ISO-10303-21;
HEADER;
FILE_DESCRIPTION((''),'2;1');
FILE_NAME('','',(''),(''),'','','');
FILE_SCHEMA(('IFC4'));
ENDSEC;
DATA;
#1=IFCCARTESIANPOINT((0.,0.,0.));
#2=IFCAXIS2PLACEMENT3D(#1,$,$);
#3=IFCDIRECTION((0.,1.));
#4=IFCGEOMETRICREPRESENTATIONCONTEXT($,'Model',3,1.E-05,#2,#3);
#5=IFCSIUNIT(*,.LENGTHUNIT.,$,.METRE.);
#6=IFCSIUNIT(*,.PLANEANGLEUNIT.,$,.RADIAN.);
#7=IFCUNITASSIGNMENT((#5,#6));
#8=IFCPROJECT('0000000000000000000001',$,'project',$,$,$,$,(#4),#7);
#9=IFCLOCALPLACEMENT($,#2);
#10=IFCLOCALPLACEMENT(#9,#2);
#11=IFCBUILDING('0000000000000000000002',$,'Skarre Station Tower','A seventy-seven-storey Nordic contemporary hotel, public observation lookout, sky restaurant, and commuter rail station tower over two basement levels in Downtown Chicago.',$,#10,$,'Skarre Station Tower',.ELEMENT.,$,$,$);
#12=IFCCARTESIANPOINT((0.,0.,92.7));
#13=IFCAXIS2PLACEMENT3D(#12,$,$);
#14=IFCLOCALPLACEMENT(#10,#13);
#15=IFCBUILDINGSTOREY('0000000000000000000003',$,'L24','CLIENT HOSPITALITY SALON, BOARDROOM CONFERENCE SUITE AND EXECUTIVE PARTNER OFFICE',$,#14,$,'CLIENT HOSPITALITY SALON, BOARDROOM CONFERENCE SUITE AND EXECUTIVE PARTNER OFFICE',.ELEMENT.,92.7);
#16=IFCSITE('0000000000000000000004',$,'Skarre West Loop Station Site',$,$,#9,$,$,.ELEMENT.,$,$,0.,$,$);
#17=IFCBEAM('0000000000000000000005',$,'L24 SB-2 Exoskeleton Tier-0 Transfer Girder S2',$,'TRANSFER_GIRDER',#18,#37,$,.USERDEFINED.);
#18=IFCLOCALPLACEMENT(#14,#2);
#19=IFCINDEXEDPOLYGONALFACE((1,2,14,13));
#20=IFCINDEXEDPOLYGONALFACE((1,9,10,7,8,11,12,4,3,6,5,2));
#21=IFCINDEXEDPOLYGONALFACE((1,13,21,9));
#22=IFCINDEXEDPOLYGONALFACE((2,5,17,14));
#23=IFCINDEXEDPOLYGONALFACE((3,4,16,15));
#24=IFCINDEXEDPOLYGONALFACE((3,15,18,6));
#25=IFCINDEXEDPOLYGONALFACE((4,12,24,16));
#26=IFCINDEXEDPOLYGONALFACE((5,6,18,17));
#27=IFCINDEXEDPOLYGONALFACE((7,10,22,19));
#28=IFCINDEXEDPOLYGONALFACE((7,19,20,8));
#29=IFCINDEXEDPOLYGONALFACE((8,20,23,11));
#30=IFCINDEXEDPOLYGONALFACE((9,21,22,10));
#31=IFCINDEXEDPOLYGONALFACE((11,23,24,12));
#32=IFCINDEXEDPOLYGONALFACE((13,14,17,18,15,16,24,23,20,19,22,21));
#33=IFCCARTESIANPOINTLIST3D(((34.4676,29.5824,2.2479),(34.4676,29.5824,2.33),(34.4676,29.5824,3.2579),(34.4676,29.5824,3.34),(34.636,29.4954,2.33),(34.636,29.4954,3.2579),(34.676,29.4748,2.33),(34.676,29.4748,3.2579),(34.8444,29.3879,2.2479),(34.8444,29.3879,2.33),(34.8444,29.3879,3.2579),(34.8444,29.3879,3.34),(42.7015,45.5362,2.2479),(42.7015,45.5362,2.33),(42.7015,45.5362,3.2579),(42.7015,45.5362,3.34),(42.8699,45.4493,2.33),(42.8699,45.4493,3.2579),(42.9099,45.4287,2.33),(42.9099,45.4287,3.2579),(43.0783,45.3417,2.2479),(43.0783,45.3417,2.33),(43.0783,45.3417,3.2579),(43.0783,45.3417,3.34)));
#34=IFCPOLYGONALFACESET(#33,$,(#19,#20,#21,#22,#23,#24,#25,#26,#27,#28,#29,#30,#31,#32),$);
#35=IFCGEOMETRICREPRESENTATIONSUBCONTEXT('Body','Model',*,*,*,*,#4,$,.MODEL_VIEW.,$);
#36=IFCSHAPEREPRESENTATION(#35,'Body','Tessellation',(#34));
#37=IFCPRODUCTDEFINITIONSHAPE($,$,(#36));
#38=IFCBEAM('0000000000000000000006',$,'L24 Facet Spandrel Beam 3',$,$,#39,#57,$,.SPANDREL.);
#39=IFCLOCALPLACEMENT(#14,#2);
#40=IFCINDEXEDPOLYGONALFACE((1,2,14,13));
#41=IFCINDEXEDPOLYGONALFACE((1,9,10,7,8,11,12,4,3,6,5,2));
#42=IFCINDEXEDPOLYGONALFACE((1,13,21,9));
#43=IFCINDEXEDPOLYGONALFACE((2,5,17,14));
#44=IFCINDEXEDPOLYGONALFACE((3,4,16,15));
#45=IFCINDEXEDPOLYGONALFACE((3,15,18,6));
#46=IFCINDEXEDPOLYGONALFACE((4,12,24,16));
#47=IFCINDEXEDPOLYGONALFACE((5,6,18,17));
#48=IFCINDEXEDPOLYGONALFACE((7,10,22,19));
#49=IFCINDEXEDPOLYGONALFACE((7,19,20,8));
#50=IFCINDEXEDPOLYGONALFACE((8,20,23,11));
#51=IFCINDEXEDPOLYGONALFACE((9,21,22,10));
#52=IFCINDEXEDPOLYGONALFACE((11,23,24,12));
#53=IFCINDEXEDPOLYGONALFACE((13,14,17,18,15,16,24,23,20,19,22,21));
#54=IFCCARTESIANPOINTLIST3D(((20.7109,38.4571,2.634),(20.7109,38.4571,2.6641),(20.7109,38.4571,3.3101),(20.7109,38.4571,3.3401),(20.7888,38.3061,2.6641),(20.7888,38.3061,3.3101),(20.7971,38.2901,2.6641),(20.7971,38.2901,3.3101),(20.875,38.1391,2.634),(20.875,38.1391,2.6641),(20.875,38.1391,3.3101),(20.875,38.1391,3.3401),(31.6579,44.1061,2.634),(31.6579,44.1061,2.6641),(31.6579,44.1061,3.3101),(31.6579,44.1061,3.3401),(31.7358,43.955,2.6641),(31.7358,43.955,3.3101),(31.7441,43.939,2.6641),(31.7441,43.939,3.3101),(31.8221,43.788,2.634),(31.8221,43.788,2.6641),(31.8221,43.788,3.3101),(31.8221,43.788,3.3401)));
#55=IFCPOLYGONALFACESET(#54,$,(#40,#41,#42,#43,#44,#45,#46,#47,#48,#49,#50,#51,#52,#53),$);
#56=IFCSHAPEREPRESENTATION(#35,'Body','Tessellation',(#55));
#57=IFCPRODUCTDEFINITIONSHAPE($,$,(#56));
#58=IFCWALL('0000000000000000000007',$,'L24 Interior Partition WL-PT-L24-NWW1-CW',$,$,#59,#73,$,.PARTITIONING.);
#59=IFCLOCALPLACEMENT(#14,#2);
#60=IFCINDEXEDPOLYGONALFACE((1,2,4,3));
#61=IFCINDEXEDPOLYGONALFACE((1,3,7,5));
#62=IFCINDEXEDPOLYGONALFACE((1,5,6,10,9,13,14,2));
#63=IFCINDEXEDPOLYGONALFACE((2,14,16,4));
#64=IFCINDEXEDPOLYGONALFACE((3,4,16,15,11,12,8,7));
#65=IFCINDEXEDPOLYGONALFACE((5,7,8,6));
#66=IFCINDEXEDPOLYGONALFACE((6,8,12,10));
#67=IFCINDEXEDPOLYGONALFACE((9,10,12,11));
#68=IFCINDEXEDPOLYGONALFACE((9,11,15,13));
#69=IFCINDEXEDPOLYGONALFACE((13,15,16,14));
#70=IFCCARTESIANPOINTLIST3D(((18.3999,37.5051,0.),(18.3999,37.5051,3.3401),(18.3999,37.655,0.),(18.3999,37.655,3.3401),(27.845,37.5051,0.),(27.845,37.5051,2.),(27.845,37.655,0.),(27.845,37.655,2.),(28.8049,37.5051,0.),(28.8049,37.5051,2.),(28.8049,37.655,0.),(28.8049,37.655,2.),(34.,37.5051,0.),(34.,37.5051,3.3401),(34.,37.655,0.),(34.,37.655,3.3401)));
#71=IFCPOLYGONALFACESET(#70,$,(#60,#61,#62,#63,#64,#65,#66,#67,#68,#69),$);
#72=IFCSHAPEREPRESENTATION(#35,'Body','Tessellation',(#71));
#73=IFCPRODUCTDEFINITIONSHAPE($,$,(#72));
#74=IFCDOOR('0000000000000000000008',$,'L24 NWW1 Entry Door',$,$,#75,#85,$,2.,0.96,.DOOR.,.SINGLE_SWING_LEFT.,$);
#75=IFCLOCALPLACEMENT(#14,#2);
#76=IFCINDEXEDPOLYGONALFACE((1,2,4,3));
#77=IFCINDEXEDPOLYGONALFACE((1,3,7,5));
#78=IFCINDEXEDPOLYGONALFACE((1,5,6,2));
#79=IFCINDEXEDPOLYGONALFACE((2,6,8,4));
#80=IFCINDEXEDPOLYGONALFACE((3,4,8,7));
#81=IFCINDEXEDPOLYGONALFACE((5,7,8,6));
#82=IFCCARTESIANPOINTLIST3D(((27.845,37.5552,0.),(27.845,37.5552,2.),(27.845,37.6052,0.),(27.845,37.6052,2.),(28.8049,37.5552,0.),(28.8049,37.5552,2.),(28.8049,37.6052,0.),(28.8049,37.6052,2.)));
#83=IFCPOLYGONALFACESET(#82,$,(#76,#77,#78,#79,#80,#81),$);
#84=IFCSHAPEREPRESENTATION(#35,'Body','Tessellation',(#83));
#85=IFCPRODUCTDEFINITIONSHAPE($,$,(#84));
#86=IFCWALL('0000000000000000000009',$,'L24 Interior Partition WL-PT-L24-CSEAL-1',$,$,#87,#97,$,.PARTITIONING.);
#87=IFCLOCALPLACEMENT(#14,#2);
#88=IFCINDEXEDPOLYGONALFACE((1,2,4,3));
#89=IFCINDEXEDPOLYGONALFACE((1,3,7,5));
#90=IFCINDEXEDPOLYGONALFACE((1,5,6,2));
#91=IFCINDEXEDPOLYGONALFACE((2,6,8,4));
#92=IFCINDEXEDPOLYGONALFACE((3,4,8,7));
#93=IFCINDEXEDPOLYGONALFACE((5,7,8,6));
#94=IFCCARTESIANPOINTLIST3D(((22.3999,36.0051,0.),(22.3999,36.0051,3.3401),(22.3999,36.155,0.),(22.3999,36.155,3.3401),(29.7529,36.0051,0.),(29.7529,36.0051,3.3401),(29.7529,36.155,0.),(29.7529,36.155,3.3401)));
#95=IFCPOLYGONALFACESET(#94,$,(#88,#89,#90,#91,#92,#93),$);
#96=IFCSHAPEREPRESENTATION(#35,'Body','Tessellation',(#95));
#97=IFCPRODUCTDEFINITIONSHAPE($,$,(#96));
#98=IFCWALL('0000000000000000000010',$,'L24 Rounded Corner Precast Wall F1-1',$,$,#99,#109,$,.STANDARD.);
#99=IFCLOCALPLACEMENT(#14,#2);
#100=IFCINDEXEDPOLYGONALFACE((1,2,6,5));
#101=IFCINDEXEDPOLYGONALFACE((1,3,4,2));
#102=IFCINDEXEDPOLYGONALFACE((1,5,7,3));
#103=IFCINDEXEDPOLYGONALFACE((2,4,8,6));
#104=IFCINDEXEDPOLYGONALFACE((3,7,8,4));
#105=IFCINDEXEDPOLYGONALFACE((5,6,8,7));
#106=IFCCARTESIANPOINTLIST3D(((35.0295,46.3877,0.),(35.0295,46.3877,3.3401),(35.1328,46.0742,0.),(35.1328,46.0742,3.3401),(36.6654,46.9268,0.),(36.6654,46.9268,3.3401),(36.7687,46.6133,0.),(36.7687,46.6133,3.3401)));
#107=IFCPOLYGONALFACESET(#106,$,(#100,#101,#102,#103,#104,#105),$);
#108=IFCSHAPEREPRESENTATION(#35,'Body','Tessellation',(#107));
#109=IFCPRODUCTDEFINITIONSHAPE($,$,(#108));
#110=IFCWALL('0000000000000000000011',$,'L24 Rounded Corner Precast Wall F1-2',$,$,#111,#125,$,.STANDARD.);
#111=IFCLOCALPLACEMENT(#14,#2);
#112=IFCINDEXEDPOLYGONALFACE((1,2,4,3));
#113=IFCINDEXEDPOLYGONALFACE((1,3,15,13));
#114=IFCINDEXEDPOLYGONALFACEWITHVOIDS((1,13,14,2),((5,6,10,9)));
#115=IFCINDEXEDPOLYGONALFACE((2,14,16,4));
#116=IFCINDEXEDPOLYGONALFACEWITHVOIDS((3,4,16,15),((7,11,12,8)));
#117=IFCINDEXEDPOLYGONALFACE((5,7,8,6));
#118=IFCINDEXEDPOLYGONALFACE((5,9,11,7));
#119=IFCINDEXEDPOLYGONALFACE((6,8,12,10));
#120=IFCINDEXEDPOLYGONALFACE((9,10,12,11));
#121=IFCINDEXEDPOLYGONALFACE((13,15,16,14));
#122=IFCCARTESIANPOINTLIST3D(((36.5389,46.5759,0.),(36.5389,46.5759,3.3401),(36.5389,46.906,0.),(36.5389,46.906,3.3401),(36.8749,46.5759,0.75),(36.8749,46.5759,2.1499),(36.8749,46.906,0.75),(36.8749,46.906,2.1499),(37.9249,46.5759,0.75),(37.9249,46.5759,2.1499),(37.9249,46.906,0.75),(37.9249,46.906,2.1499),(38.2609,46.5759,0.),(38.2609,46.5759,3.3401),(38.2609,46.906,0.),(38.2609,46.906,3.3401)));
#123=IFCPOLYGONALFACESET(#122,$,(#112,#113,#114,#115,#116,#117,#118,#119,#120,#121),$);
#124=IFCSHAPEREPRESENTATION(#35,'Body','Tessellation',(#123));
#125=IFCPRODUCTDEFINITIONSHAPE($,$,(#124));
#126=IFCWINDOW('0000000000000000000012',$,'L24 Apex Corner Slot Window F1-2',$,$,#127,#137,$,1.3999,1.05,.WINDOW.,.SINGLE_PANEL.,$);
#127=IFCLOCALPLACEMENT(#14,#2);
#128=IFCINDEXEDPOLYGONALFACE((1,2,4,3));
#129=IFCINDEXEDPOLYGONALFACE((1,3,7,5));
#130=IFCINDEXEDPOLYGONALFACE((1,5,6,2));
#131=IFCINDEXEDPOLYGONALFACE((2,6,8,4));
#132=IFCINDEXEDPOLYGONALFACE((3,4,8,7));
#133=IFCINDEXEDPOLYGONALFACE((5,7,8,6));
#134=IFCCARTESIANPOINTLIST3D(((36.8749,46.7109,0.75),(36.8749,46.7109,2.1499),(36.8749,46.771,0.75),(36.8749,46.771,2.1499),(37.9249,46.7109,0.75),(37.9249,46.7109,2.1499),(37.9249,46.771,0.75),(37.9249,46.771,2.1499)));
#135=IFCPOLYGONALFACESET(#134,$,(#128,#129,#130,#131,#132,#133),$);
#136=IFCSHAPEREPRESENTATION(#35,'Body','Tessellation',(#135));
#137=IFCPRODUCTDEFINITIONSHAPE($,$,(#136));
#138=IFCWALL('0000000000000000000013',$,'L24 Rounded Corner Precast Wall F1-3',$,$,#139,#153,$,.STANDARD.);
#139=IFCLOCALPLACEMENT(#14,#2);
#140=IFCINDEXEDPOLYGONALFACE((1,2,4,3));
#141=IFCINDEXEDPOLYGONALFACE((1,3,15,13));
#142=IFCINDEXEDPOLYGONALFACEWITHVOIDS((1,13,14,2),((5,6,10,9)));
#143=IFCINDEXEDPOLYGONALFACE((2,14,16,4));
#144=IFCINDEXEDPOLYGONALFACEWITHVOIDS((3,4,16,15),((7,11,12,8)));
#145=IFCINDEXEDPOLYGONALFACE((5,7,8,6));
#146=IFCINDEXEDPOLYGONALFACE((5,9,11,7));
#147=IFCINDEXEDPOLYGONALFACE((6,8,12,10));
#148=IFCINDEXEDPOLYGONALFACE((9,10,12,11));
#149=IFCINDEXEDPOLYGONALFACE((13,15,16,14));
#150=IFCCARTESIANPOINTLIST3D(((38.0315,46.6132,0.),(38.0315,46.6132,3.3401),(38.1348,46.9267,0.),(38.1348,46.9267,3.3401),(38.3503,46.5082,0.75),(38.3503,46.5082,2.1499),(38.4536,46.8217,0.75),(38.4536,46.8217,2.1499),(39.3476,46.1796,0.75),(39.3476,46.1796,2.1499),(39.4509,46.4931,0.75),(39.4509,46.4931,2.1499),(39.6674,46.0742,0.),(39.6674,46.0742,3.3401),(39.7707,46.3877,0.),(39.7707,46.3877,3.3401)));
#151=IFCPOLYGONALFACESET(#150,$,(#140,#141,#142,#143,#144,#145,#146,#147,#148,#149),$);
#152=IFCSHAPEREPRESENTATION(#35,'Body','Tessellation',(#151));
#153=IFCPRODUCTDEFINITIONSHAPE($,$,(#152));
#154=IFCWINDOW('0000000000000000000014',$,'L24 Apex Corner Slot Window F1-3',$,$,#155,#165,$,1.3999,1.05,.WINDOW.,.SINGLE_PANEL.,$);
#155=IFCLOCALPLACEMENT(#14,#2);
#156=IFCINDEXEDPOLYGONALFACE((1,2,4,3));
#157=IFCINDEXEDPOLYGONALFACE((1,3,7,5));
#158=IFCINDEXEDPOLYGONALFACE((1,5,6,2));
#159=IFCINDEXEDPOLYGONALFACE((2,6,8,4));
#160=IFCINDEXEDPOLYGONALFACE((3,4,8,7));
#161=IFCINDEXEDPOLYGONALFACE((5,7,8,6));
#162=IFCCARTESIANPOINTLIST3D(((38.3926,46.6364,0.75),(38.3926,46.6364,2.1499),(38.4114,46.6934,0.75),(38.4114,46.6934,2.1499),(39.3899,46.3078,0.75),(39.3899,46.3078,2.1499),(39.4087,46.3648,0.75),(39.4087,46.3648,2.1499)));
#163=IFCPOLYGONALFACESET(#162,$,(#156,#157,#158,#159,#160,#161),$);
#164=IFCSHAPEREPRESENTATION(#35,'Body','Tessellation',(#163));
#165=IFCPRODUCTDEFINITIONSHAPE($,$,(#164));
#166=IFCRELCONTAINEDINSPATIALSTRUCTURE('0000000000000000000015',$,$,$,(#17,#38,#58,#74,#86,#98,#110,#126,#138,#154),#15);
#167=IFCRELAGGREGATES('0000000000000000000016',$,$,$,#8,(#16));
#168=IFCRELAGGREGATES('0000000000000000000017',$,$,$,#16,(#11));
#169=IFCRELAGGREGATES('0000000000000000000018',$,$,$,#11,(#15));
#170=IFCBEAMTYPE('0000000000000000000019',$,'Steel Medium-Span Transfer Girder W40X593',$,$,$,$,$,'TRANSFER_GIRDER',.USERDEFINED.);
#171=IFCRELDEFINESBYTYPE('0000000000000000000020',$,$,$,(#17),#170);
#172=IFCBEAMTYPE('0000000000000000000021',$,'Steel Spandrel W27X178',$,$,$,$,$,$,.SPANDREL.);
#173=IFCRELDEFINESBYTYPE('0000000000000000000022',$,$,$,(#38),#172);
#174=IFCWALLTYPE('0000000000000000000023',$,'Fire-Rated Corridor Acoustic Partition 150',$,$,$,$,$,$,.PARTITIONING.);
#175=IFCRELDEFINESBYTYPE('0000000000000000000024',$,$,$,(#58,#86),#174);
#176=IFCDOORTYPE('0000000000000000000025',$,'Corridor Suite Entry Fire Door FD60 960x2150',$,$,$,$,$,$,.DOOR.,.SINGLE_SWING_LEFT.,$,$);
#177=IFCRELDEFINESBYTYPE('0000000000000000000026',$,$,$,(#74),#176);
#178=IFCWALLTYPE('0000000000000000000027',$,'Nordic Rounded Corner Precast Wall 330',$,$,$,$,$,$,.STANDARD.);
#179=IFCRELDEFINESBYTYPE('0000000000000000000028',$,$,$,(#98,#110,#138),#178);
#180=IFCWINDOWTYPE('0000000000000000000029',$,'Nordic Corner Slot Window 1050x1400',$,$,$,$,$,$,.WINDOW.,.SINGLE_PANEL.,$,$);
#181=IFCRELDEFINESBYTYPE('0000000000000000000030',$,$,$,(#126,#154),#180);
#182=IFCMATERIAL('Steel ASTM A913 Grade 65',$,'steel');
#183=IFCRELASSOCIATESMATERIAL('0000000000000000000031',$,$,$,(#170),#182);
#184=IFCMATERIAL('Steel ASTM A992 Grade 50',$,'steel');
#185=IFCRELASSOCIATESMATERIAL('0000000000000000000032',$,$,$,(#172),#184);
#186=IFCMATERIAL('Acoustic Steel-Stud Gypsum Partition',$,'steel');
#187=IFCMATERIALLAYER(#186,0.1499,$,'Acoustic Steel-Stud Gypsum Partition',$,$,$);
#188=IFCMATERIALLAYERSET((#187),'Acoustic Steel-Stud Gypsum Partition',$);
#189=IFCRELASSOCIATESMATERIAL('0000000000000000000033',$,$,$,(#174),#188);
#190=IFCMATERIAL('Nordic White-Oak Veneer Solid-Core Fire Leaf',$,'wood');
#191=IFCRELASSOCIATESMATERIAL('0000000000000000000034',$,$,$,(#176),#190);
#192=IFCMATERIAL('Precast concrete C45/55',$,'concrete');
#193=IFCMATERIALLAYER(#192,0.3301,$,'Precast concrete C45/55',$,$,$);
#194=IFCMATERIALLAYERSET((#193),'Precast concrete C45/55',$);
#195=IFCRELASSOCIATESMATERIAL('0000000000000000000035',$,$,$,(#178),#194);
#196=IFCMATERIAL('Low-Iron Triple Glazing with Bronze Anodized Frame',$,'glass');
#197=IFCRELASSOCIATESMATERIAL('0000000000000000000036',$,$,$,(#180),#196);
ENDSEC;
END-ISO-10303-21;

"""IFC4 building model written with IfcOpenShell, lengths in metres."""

from ifc_helpers import new_model, si_unit, direction, frame, frame_2d, origin, origin_2d, place, context, subcontext, project, spatial, rectangle, i_section, extrude, material, layer, layer_set, material_profile, profile_set, type_object, element, fill, save


model = new_model("IFC4")

# Units and contexts
model_context = context("Model", 3, precision=1e-05, world=origin(), true_north=direction((0.0, 1.0)))
body_context = subcontext(model_context, "Body", "Model", "MODEL_VIEW")
ifc_project = project(units=[si_unit("LENGTHUNIT", "METRE"), si_unit("PLANEANGLEUNIT", "RADIAN")], contexts=[model_context])

# Site, building, storey
site_placement = place(None, origin())
site = spatial("IfcSite", under=ifc_project, at=site_placement, Name="Skarre West Loop Station Site", CompositionType="ELEMENT", RefElevation=0.0)
building_placement = place(site_placement, origin())
building = spatial("IfcBuilding", under=site, at=building_placement, Name="Skarre Station Tower", Description="A seventy-seven-storey Nordic contemporary hotel, public observation lookout, sky restaurant, and commuter rail station tower over two basement levels in Downtown Chicago.", LongName="Skarre Station Tower", CompositionType="ELEMENT")
storey_placement = place(building_placement, frame((0.0, 0.0, 92.7)))
storey = spatial("IfcBuildingStorey", under=building, at=storey_placement, Name="L24", Description="CLIENT HOSPITALITY SALON, BOARDROOM CONFERENCE SUITE AND EXECUTIVE PARTNER OFFICE", LongName="CLIENT HOSPITALITY SALON, BOARDROOM CONFERENCE SUITE AND EXECUTIVE PARTNER OFFICE", CompositionType="ELEMENT", Elevation=92.7)

# Shared definitions
ifc_material_1 = material(Name="Steel ASTM A913 Grade 65", Category="steel")

# Beams
ifc_material_2 = material(Name="Steel ASTM A992 Grade 50", Category="steel")
ifc_material_profile_1 = material_profile(ifc_material_1, i_section(OverallWidth=0.4241, OverallDepth=1.092, WebThickness=0.0449, FlangeThickness=0.082, at=origin_2d()), Name="Steel ASTM A913 Grade 65")
ifc_profile_set_1 = profile_set([ifc_material_profile_1], Name="Steel ASTM A913 Grade 65")
beam_type_1 = type_object("IfcBeamType", Name="Steel Medium-Span Transfer Girder W40X593", ElementType="TRANSFER_GIRDER", PredefinedType="USERDEFINED", material=ifc_profile_set_1)
beam_1_placement = place(storey_placement, frame((34.656, 29.4851, 2.7939), z_axis=(0.458627, 0.888629, 0.0), x_axis=(-0.888629, 0.458627, 0.0)))
element("IfcBeam", 1, at=beam_1_placement, inside=storey, type_object=beam_type_1, Name="L24 SB-2 Exoskeleton Tier-0 Transfer Girder S2", ObjectType="TRANSFER_GIRDER", PredefinedType="USERDEFINED", context=body_context, shape_type="SweptSolid", body=[
    extrude(i_section(OverallWidth=0.4241, OverallDepth=1.092, WebThickness=0.0449, FlangeThickness=0.082, at=origin_2d()), origin(), (0.0, 0.0, 1.0), 17.9534),
])
ifc_material_profile_2 = material_profile(ifc_material_2, i_section(OverallWidth=0.3579, OverallDepth=0.7061, WebThickness=0.0181, FlangeThickness=0.03, at=origin_2d()), Name="Steel ASTM A992 Grade 50")
ifc_profile_set_2 = profile_set([ifc_material_profile_2], Name="Steel ASTM A992 Grade 50")
beam_type_2 = type_object("IfcBeamType", Name="Steel Spandrel W27X178", PredefinedType="SPANDREL", material=ifc_profile_set_2)
beam_2_placement = place(storey_placement, frame((31.74, 43.947, 2.9871), z_axis=(-0.888659, -0.458569, 0.0), x_axis=(0.458569, -0.888659, 0.0)))
element("IfcBeam", 2, at=beam_2_placement, inside=storey, type_object=beam_type_2, Name="L24 Facet Spandrel Beam 3", PredefinedType="SPANDREL", context=body_context, shape_type="SweptSolid", body=[
    extrude(i_section(OverallWidth=0.3579, OverallDepth=0.7061, WebThickness=0.0181, FlangeThickness=0.03, at=origin_2d()), origin(), (0.0, 0.0, 1.0), 12.3186),
])

# Wall, opening, door
ifc_material_3 = material(Name="Acoustic Steel-Stud Gypsum Partition", Category="steel")
ifc_layer_1 = layer(ifc_material_3, 0.1499, Name="Acoustic Steel-Stud Gypsum Partition")
ifc_layer_set_1 = layer_set([ifc_layer_1], Name="Acoustic Steel-Stud Gypsum Partition")
wall_type_1 = type_object("IfcWallType", Name="Fire-Rated Corridor Acoustic Partition 150", PredefinedType="PARTITIONING", material=ifc_layer_set_1)
wall_1_placement = place(storey_placement, frame((34.0, 37.5801, 0.0), z_axis=(0.0, 0.0, 1.0), x_axis=(-1.0, 0.0, 0.0)))
wall_1 = element("IfcWall", 3, at=wall_1_placement, inside=storey, type_object=wall_type_1, Name="L24 Interior Partition WL-PT-L24-NWW1-CW", PredefinedType="PARTITIONING", context=body_context, shape_type="SweptSolid", body=[
    extrude(rectangle(XDim=15.6001, YDim=0.1499, at=frame_2d((7.8, 0.0))), origin(), (0.0, 0.0, 1.0), 3.3401),
])
opening_1_placement = place(wall_1_placement, frame((5.1951, 0.0, 0.0)))
opening_1 = element("IfcOpeningElement", 4, at=opening_1_placement, cuts=wall_1, PredefinedType="OPENING", context=body_context, shape_type="SweptSolid", body=[
    extrude(rectangle(XDim=0.96, YDim=2.0, at=frame_2d((0.48, 1.0))), frame((0.0, 0.085, 0.0), z_axis=(0.0, -1.0, 0.0), x_axis=(1.0, 0.0, 0.0)), (0.0, 0.0, 1.0), 0.1699),
])
ifc_material_4 = material(Name="Nordic White-Oak Veneer Solid-Core Fire Leaf", Category="wood")
door_type = type_object("IfcDoorType", Name="Corridor Suite Entry Fire Door FD60 960x2150", OperationType="SINGLE_SWING_LEFT", PredefinedType="DOOR", material=ifc_material_4)
door_placement = place(opening_1_placement, origin())
door = element("IfcDoor", 5, at=door_placement, inside=storey, type_object=door_type, Name="L24 NWW1 Entry Door", OperationType="SINGLE_SWING_LEFT", OverallHeight=2.0, OverallWidth=0.96, PredefinedType="DOOR", context=body_context, shape_type="SweptSolid", body=[
    extrude(rectangle(XDim=0.96, YDim=2.0, at=frame_2d((0.48, 1.0))), frame((0.0, 0.0249, 0.0), z_axis=(0.0, -1.0, 0.0), x_axis=(1.0, 0.0, 0.0)), (0.0, 0.0, 1.0), 0.05),
])
fill(opening_1, door)

# Walls
wall_2_placement = place(storey_placement, frame((29.7529, 36.0801, 0.0), z_axis=(0.0, 0.0, 1.0), x_axis=(-1.0, 0.0, 0.0)))
element("IfcWall", 6, at=wall_2_placement, inside=storey, type_object=wall_type_1, Name="L24 Interior Partition WL-PT-L24-CSEAL-1", PredefinedType="PARTITIONING", context=body_context, shape_type="SweptSolid", body=[
    extrude(rectangle(XDim=7.353, YDim=0.1499, at=frame_2d((3.6765, 0.0))), origin(), (0.0, 0.0, 1.0), 3.3401),
])
ifc_material_5 = material(Name="Precast concrete C45/55", Category="concrete")
ifc_layer_2 = layer(ifc_material_5, 0.3301, Name="Precast concrete C45/55")
ifc_layer_set_2 = layer_set([ifc_layer_2], Name="Precast concrete C45/55")
wall_type_2 = type_object("IfcWallType", Name="Nordic Rounded Corner Precast Wall 330", PredefinedType="STANDARD", material=ifc_layer_set_2)
wall_3_placement = place(storey_placement, frame((35.0811, 46.231, 0.0), z_axis=(0.0, 0.0, 1.0), x_axis=(0.949769, 0.312952, 0.0)))
element("IfcWall", 7, at=wall_3_placement, inside=storey, type_object=wall_type_2, Name="L24 Rounded Corner Precast Wall F1-1", PredefinedType="STANDARD", context=body_context, shape_type="SweptSolid", body=[
    extrude(rectangle(XDim=1.7224, YDim=0.3301, at=frame_2d((0.8613, 0.0))), origin(), (0.0, 0.0, 1.0), 3.3401),
])

# Walls, openings, windows
wall_4_placement = place(storey_placement, frame((36.5391, 46.741, 0.0), z_axis=(0.0, 0.0, 1.0), x_axis=(1.0, 0.0, 0.0)))
wall_4 = element("IfcWall", 8, at=wall_4_placement, inside=storey, type_object=wall_type_2, Name="L24 Rounded Corner Precast Wall F1-2", PredefinedType="STANDARD", context=body_context, shape_type="SweptSolid", body=[
    extrude(rectangle(XDim=1.7219, YDim=0.3301, at=frame_2d((0.8608, 0.0))), origin(), (0.0, 0.0, 1.0), 3.3401),
])
opening_2_placement = place(wall_4_placement, frame((0.3359, 0.0, 0.75)))
opening_2 = element("IfcOpeningElement", 9, at=opening_2_placement, cuts=wall_4, PredefinedType="OPENING", context=body_context, shape_type="SweptSolid", body=[
    extrude(rectangle(XDim=1.05, YDim=1.3999, at=frame_2d((0.5249, 0.7))), frame((0.0, 0.175, 0.0), z_axis=(0.0, -1.0, 0.0), x_axis=(1.0, 0.0, 0.0)), (0.0, 0.0, 1.0), 0.3501),
])
ifc_material_6 = material(Name="Low-Iron Triple Glazing with Bronze Anodized Frame", Category="glass")
window_type = type_object("IfcWindowType", Name="Nordic Corner Slot Window 1050x1400", PartitioningType="SINGLE_PANEL", PredefinedType="WINDOW", material=ifc_material_6)
window_1_placement = place(opening_2_placement, origin())
window_1 = element("IfcWindow", 10, at=window_1_placement, inside=storey, type_object=window_type, Name="L24 Apex Corner Slot Window F1-2", OverallHeight=1.3999, OverallWidth=1.05, PartitioningType="SINGLE_PANEL", PredefinedType="WINDOW", context=body_context, shape_type="SweptSolid", body=[
    extrude(rectangle(XDim=1.05, YDim=1.3999, at=frame_2d((0.5249, 0.7))), frame((0.0, 0.03, 0.0), z_axis=(0.0, -1.0, 0.0), x_axis=(1.0, 0.0, 0.0)), (0.0, 0.0, 1.0), 0.0601),
])
fill(opening_2, window_1)
wall_5_placement = place(storey_placement, frame((38.083, 46.77, 0.0), z_axis=(0.0, 0.0, 1.0), x_axis=(0.949769, -0.312952, 0.0)))
wall_5 = element("IfcWall", 11, at=wall_5_placement, inside=storey, type_object=wall_type_2, Name="L24 Rounded Corner Precast Wall F1-3", PredefinedType="STANDARD", context=body_context, shape_type="SweptSolid", body=[
    extrude(rectangle(XDim=1.7224, YDim=0.3301, at=frame_2d((0.8613, 0.0))), origin(), (0.0, 0.0, 1.0), 3.3401),
])
opening_3_placement = place(wall_5_placement, frame((0.3359, 0.0, 0.75)))
opening_3 = element("IfcOpeningElement", 12, at=opening_3_placement, cuts=wall_5, PredefinedType="OPENING", context=body_context, shape_type="SweptSolid", body=[
    extrude(rectangle(XDim=1.05, YDim=1.3999, at=frame_2d((0.5249, 0.7))), frame((0.0, 0.175, 0.0), z_axis=(0.0, -1.0, 0.0), x_axis=(1.0, 0.0, 0.0)), (0.0, 0.0, 1.0), 0.3501),
])
window_2_placement = place(opening_3_placement, origin())
window_2 = element("IfcWindow", 13, at=window_2_placement, inside=storey, type_object=window_type, Name="L24 Apex Corner Slot Window F1-3", OverallHeight=1.3999, OverallWidth=1.05, PartitioningType="SINGLE_PANEL", PredefinedType="WINDOW", context=body_context, shape_type="SweptSolid", body=[
    extrude(rectangle(XDim=1.05, YDim=1.3999, at=frame_2d((0.5249, 0.7))), frame((0.0, 0.03, 0.0), z_axis=(0.0, -1.0, 0.0), x_axis=(1.0, 0.0, 0.0)), (0.0, 0.0, 1.0), 0.0601),
])
fill(opening_3, window_2)

save(model, "model.ifc")
